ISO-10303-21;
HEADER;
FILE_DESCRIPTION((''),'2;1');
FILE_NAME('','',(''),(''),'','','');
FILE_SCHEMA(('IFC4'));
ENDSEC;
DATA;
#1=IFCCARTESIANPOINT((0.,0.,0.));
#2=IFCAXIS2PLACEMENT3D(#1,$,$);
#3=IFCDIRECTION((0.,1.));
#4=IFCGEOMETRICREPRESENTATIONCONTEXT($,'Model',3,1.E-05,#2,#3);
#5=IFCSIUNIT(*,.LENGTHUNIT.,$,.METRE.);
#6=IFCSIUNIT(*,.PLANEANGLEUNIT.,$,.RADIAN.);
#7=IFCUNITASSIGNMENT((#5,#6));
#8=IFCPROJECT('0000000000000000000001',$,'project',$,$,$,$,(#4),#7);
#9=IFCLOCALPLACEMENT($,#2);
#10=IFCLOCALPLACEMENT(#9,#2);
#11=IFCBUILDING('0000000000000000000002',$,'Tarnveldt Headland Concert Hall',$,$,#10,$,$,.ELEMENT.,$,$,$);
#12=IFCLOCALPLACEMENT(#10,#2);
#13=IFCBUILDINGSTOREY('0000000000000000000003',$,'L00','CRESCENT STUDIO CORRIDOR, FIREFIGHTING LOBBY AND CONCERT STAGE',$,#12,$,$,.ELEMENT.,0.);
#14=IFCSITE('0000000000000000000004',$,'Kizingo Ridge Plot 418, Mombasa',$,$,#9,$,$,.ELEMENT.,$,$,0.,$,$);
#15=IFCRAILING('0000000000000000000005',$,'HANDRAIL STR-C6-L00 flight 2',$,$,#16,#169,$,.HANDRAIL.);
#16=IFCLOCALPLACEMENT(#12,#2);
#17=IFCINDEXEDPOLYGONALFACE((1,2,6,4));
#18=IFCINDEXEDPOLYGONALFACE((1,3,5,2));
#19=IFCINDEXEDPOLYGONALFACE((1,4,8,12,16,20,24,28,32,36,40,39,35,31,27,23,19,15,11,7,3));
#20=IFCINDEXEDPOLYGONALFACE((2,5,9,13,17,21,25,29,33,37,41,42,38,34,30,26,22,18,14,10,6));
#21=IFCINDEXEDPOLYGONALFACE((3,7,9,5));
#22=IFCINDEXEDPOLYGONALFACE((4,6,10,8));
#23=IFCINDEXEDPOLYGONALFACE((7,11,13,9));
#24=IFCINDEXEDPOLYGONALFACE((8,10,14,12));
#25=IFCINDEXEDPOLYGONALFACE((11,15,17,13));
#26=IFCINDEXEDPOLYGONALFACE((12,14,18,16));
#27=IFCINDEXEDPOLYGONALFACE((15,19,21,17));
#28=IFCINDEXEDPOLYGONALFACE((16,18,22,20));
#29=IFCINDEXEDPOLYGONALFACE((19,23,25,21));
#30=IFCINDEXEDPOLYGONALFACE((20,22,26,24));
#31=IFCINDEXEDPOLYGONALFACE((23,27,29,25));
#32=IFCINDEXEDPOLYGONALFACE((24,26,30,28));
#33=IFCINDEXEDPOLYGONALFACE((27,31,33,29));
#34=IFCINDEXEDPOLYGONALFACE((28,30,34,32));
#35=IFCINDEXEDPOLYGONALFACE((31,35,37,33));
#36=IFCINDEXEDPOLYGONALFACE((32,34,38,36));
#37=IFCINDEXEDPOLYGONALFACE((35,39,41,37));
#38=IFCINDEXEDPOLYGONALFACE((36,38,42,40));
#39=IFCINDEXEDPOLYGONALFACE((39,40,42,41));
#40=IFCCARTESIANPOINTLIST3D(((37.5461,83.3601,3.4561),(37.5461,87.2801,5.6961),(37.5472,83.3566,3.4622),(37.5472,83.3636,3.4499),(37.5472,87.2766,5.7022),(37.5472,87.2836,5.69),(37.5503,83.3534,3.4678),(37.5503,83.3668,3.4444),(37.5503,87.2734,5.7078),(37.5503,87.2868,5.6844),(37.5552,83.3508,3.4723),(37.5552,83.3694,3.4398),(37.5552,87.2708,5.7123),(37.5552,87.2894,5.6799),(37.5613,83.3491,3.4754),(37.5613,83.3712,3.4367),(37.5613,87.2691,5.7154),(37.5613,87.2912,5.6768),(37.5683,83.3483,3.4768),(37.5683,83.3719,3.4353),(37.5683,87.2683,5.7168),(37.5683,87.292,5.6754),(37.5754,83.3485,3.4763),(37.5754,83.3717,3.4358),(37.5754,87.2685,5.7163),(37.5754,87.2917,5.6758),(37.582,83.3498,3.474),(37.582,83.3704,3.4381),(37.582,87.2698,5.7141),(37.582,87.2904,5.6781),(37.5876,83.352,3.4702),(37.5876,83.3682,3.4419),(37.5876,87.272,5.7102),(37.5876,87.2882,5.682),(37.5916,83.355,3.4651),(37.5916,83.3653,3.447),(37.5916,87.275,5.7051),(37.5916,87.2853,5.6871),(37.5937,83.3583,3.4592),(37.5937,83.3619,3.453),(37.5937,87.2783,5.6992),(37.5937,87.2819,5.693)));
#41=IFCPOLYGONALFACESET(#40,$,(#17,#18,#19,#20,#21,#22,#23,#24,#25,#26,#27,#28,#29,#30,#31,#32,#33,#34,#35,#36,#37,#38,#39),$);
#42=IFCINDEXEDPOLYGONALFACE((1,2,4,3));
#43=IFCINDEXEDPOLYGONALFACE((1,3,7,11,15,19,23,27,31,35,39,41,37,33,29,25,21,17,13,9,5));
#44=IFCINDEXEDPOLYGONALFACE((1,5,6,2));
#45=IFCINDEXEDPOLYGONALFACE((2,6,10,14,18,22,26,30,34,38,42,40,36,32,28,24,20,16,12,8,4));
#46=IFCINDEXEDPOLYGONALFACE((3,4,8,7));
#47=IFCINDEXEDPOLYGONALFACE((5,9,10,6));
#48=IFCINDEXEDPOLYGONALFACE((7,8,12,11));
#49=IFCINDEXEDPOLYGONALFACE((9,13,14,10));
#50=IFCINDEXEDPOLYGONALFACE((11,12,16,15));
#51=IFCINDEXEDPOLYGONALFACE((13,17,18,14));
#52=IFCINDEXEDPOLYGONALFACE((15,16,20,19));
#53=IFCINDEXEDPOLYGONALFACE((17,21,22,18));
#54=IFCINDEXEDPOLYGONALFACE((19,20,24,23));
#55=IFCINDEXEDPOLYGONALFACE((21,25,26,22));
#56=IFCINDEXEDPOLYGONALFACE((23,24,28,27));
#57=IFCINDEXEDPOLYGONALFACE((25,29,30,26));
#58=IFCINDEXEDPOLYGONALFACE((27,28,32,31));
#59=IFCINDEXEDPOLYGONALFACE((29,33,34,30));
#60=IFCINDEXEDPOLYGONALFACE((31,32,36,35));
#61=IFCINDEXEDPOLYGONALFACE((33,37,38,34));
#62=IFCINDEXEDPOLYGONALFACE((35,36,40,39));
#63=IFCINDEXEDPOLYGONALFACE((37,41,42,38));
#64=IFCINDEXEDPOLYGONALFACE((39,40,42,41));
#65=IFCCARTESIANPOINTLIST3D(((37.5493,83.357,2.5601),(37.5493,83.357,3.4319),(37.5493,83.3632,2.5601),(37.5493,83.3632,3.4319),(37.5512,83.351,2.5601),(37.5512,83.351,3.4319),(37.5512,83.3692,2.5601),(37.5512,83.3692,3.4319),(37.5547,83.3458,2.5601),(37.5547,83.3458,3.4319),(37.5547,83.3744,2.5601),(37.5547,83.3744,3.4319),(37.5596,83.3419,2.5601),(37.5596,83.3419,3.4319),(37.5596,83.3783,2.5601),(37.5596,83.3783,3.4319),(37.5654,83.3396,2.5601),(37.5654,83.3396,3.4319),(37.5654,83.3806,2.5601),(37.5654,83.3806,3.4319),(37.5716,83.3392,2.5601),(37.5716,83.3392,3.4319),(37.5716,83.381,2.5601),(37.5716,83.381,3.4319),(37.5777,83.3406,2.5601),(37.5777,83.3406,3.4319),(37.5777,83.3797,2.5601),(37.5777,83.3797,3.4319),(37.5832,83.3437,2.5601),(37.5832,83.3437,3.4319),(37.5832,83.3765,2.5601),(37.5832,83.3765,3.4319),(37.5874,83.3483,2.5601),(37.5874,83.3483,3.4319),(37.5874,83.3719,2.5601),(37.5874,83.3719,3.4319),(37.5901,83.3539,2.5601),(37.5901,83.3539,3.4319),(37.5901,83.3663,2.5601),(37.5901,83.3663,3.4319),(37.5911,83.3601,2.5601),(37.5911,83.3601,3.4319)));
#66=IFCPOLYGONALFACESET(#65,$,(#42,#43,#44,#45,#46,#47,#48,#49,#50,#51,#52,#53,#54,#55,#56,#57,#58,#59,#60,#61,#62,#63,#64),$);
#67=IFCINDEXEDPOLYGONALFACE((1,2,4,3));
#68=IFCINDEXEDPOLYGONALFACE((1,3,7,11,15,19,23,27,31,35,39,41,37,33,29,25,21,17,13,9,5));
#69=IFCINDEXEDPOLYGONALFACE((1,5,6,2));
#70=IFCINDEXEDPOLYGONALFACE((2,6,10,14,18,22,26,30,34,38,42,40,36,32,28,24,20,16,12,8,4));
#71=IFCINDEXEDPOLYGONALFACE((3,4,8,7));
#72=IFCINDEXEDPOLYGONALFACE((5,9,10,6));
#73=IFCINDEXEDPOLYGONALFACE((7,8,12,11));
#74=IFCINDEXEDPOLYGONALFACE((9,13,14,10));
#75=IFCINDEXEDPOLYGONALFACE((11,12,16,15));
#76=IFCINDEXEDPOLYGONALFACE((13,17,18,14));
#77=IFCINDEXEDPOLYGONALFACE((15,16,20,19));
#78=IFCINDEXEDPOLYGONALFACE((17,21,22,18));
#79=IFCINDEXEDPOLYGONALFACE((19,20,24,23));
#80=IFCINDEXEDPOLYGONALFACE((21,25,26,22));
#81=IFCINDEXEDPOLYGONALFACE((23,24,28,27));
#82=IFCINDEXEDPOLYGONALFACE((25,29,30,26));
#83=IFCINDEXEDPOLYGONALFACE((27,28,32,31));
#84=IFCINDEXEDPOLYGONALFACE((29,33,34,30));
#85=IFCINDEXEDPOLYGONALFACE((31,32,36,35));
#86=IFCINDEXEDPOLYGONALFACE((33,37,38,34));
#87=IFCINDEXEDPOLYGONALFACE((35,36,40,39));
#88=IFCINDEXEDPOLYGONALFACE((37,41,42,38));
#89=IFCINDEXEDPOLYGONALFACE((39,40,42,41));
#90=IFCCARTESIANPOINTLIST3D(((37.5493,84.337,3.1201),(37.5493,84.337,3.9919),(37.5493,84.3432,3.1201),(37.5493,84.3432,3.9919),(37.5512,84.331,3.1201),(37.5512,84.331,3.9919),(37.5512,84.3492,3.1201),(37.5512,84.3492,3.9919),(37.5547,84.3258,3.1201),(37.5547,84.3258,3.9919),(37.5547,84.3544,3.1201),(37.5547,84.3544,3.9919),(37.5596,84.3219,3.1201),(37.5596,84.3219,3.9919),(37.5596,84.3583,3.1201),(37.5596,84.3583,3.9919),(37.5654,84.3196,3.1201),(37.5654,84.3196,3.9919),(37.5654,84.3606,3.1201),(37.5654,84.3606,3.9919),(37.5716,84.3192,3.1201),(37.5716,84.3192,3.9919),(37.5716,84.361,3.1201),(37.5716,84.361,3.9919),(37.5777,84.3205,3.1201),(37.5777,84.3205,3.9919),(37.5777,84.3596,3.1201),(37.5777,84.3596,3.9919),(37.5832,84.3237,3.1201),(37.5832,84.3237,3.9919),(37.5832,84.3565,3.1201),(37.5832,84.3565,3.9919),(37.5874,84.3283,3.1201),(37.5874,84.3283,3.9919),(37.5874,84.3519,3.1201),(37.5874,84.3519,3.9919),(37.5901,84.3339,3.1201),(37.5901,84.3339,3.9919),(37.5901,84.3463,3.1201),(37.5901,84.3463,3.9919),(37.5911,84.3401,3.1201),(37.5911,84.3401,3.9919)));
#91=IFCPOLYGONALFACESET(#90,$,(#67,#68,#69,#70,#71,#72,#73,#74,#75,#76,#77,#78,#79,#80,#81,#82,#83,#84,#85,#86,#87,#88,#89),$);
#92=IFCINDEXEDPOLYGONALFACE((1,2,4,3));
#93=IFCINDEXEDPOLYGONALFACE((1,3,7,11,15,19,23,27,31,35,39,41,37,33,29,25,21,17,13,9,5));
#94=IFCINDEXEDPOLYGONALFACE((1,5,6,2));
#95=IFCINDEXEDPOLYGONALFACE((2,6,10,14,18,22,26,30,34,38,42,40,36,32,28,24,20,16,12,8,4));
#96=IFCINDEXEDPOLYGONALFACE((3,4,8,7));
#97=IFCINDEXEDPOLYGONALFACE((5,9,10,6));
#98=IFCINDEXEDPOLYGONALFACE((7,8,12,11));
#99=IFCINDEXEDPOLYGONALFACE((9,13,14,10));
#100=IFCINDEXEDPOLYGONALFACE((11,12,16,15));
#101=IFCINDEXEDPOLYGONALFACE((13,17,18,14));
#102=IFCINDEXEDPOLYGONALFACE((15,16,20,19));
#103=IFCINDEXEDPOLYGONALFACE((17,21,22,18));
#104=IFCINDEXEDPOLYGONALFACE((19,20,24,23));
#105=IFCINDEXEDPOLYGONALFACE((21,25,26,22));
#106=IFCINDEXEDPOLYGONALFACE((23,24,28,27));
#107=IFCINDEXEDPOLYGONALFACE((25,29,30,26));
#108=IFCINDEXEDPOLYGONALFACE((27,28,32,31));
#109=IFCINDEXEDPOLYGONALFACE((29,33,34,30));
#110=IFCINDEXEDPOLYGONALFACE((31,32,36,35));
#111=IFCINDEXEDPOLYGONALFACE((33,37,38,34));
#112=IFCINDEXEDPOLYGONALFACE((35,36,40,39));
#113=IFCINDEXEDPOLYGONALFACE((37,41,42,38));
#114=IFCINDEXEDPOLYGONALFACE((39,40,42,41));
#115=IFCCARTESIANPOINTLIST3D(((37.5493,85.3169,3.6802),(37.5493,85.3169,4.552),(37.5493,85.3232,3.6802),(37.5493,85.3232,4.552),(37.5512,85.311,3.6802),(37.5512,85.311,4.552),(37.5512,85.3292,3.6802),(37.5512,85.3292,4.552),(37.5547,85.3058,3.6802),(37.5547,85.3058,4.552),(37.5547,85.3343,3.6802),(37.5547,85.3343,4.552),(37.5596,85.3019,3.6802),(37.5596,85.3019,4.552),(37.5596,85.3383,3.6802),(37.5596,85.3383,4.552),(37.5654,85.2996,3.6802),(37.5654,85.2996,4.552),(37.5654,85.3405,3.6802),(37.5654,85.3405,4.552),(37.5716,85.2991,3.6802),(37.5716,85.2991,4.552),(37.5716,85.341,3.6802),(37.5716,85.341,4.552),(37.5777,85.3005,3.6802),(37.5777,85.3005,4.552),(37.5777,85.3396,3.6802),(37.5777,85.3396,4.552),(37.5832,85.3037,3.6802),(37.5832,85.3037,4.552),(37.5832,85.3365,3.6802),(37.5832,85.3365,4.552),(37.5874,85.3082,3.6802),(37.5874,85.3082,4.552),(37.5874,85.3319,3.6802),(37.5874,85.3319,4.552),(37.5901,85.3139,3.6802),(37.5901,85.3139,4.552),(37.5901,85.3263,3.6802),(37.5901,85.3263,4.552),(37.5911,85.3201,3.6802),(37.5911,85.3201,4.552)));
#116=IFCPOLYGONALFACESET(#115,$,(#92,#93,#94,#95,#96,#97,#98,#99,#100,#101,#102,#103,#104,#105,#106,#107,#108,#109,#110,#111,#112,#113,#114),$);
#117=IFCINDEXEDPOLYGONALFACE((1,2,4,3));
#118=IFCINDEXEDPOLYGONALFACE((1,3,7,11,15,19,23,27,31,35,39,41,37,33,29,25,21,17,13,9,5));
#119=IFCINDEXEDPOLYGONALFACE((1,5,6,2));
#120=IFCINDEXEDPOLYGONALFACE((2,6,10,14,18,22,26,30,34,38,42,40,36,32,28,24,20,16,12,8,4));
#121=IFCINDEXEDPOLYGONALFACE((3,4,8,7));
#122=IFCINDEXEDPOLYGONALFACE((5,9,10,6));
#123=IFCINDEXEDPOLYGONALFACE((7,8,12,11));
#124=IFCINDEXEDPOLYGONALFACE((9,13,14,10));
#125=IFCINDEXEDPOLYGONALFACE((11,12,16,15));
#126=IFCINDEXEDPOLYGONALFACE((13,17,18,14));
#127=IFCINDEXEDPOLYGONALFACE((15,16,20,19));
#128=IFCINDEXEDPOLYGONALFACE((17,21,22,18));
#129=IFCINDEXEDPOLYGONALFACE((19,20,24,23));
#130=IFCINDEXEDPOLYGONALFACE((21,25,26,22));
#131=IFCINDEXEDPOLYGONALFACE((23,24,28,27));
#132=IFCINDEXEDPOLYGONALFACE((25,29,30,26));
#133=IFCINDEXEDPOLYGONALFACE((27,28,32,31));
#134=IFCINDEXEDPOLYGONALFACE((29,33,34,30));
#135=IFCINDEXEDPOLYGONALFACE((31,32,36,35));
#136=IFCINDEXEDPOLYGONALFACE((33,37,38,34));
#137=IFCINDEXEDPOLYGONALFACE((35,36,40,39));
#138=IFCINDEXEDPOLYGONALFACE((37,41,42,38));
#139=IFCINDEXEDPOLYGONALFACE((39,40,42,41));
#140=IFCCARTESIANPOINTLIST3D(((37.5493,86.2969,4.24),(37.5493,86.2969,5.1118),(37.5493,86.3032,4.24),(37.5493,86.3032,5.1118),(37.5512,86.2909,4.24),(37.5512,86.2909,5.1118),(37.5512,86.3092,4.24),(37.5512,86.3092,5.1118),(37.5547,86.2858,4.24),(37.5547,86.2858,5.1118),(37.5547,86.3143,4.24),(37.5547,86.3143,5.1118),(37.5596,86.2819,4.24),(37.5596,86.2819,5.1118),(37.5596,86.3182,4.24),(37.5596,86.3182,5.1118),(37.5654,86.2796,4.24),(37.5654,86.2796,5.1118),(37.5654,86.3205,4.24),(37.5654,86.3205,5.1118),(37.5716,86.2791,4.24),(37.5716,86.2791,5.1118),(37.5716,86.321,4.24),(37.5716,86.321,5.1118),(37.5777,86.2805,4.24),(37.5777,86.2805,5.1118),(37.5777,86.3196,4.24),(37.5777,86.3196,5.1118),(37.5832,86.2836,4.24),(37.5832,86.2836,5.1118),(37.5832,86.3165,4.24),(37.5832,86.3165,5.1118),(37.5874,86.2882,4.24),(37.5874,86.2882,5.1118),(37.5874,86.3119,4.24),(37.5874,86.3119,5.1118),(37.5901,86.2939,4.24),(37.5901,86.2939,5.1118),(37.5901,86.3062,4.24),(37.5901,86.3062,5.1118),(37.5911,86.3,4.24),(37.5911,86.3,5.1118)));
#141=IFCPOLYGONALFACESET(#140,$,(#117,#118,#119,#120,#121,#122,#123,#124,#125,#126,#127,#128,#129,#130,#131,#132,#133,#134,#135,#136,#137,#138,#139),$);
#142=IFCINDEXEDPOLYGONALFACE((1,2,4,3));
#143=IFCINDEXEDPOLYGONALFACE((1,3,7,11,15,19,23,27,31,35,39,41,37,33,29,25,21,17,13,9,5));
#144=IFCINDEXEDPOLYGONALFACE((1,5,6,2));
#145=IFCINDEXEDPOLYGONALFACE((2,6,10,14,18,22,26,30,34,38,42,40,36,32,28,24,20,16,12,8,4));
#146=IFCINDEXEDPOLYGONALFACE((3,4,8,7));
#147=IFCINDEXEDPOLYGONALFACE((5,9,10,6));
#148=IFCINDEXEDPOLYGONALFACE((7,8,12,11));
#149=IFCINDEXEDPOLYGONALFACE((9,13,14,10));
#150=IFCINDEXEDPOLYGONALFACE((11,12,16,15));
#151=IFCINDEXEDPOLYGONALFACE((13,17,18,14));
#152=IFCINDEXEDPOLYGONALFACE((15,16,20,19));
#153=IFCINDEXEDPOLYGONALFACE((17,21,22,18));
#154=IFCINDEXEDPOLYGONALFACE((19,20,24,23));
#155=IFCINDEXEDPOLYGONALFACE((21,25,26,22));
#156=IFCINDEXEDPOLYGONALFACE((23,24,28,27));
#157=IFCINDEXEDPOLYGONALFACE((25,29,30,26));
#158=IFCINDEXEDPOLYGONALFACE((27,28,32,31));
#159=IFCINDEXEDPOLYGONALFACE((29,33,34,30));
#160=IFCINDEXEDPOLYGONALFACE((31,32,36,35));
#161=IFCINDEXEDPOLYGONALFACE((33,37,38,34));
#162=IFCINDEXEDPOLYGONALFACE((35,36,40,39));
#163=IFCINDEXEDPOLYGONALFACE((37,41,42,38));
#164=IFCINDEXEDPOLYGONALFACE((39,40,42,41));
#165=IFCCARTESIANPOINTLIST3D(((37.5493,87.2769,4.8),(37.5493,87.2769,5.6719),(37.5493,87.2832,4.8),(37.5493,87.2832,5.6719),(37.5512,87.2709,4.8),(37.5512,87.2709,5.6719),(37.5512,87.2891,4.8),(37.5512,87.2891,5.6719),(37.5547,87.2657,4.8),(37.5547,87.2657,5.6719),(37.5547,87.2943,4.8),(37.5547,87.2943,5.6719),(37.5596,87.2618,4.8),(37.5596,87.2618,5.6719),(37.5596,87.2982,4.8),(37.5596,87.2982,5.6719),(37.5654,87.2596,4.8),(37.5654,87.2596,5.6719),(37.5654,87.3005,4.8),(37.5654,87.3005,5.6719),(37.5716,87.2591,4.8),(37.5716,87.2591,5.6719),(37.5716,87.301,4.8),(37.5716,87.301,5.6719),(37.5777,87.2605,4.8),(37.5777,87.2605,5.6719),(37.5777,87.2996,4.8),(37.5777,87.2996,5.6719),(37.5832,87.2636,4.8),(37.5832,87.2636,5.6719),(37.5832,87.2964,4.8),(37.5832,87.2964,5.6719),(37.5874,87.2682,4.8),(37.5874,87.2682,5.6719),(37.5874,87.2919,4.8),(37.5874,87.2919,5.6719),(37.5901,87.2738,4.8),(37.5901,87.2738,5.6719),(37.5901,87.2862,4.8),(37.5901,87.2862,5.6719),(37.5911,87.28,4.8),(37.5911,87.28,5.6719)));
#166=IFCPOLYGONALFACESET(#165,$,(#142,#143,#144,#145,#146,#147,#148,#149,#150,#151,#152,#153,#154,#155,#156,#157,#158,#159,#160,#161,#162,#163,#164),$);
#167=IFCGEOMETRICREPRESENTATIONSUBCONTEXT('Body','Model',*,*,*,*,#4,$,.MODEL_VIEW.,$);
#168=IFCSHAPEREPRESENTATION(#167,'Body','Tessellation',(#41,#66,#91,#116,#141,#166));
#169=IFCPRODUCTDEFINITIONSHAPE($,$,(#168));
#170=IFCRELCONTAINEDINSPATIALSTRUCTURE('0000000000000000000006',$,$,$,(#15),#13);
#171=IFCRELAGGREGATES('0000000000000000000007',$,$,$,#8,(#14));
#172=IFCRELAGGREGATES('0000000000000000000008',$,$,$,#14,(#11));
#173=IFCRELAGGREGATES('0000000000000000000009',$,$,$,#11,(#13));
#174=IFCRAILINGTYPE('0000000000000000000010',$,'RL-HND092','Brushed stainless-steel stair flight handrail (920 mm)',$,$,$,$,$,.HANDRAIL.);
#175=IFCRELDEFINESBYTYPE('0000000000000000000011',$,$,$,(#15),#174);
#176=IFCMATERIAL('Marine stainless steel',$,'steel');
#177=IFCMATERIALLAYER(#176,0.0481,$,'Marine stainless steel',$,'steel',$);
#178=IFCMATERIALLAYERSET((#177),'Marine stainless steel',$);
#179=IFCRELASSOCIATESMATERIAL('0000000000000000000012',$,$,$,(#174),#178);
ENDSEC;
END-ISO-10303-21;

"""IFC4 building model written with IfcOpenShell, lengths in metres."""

from ifc_helpers import new_model, si_unit, direction, frame, origin, origin_2d, place, context, subcontext, project, spatial, circle, extrude, material, layer, layer_set, type_object, element, save


model = new_model("IFC4")

# Units and contexts
model_context = context("Model", 3, precision=1e-05, world=origin(), true_north=direction((0.0, 1.0)))
body_context = subcontext(model_context, "Body", "Model", "MODEL_VIEW")
ifc_project = project(units=[si_unit("LENGTHUNIT", "METRE"), si_unit("PLANEANGLEUNIT", "RADIAN")], contexts=[model_context])

# Site, building, storey
site_placement = place(None, origin())
site = spatial("IfcSite", under=ifc_project, at=site_placement, Name="Kizingo Ridge Plot 418, Mombasa", CompositionType="ELEMENT", RefElevation=0.0)
building_placement = place(site_placement, origin())
building = spatial("IfcBuilding", under=site, at=building_placement, Name="Tarnveldt Headland Concert Hall", CompositionType="ELEMENT")
storey_placement = place(building_placement, origin())
storey = spatial("IfcBuildingStorey", under=building, at=storey_placement, Name="L00", Description="CRESCENT STUDIO CORRIDOR, FIREFIGHTING LOBBY AND CONCERT STAGE", CompositionType="ELEMENT", Elevation=0.0)

# Railing
ifc_material_1 = material(Name="Marine stainless steel", Category="steel")
ifc_layer_1 = layer(ifc_material_1, 0.0481, Name="Marine stainless steel", Category="steel")
ifc_layer_set_1 = layer_set([ifc_layer_1], Name="Marine stainless steel")
railing_type_1 = type_object("IfcRailingType", Name="RL-HND092", Description="Brushed stainless-steel stair flight handrail (920 mm)", PredefinedType="HANDRAIL", material=ifc_layer_set_1)
railing_1_placement = place(storey_placement, frame((37.5701, 83.3601, 2.5601)))
element("IfcRailing", 1, at=railing_1_placement, inside=storey, type_object=railing_type_1, Name="HANDRAIL STR-C6-L00 flight 2", PredefinedType="HANDRAIL", context=body_context, shape_type="SweptSolid", body=[
    extrude(circle(Radius=0.0239, at=origin_2d()), frame((0.0, 0.0, 0.896), z_axis=(0.0, 0.86824, 0.496145), x_axis=(-1.0, 0.0, 0.0)), (0.0, 0.0, 1.0), 4.5149),
    extrude(circle(Radius=0.021, at=origin_2d()), origin(), (0.0, 0.0, 1.0), 0.8718),
    extrude(circle(Radius=0.021, at=origin_2d()), frame((0.0, 0.98, 0.5601)), (0.0, 0.0, 1.0), 0.8718),
    extrude(circle(Radius=0.021, at=origin_2d()), frame((0.0, 1.96, 1.1201)), (0.0, 0.0, 1.0), 0.8718),
    extrude(circle(Radius=0.021, at=origin_2d()), frame((0.0, 2.9399, 1.6799)), (0.0, 0.0, 1.0), 0.8718),
    extrude(circle(Radius=0.021, at=origin_2d()), frame((0.0, 3.9199, 2.24)), (0.0, 0.0, 1.0), 0.8718),
])

save(model, "model.ifc")
